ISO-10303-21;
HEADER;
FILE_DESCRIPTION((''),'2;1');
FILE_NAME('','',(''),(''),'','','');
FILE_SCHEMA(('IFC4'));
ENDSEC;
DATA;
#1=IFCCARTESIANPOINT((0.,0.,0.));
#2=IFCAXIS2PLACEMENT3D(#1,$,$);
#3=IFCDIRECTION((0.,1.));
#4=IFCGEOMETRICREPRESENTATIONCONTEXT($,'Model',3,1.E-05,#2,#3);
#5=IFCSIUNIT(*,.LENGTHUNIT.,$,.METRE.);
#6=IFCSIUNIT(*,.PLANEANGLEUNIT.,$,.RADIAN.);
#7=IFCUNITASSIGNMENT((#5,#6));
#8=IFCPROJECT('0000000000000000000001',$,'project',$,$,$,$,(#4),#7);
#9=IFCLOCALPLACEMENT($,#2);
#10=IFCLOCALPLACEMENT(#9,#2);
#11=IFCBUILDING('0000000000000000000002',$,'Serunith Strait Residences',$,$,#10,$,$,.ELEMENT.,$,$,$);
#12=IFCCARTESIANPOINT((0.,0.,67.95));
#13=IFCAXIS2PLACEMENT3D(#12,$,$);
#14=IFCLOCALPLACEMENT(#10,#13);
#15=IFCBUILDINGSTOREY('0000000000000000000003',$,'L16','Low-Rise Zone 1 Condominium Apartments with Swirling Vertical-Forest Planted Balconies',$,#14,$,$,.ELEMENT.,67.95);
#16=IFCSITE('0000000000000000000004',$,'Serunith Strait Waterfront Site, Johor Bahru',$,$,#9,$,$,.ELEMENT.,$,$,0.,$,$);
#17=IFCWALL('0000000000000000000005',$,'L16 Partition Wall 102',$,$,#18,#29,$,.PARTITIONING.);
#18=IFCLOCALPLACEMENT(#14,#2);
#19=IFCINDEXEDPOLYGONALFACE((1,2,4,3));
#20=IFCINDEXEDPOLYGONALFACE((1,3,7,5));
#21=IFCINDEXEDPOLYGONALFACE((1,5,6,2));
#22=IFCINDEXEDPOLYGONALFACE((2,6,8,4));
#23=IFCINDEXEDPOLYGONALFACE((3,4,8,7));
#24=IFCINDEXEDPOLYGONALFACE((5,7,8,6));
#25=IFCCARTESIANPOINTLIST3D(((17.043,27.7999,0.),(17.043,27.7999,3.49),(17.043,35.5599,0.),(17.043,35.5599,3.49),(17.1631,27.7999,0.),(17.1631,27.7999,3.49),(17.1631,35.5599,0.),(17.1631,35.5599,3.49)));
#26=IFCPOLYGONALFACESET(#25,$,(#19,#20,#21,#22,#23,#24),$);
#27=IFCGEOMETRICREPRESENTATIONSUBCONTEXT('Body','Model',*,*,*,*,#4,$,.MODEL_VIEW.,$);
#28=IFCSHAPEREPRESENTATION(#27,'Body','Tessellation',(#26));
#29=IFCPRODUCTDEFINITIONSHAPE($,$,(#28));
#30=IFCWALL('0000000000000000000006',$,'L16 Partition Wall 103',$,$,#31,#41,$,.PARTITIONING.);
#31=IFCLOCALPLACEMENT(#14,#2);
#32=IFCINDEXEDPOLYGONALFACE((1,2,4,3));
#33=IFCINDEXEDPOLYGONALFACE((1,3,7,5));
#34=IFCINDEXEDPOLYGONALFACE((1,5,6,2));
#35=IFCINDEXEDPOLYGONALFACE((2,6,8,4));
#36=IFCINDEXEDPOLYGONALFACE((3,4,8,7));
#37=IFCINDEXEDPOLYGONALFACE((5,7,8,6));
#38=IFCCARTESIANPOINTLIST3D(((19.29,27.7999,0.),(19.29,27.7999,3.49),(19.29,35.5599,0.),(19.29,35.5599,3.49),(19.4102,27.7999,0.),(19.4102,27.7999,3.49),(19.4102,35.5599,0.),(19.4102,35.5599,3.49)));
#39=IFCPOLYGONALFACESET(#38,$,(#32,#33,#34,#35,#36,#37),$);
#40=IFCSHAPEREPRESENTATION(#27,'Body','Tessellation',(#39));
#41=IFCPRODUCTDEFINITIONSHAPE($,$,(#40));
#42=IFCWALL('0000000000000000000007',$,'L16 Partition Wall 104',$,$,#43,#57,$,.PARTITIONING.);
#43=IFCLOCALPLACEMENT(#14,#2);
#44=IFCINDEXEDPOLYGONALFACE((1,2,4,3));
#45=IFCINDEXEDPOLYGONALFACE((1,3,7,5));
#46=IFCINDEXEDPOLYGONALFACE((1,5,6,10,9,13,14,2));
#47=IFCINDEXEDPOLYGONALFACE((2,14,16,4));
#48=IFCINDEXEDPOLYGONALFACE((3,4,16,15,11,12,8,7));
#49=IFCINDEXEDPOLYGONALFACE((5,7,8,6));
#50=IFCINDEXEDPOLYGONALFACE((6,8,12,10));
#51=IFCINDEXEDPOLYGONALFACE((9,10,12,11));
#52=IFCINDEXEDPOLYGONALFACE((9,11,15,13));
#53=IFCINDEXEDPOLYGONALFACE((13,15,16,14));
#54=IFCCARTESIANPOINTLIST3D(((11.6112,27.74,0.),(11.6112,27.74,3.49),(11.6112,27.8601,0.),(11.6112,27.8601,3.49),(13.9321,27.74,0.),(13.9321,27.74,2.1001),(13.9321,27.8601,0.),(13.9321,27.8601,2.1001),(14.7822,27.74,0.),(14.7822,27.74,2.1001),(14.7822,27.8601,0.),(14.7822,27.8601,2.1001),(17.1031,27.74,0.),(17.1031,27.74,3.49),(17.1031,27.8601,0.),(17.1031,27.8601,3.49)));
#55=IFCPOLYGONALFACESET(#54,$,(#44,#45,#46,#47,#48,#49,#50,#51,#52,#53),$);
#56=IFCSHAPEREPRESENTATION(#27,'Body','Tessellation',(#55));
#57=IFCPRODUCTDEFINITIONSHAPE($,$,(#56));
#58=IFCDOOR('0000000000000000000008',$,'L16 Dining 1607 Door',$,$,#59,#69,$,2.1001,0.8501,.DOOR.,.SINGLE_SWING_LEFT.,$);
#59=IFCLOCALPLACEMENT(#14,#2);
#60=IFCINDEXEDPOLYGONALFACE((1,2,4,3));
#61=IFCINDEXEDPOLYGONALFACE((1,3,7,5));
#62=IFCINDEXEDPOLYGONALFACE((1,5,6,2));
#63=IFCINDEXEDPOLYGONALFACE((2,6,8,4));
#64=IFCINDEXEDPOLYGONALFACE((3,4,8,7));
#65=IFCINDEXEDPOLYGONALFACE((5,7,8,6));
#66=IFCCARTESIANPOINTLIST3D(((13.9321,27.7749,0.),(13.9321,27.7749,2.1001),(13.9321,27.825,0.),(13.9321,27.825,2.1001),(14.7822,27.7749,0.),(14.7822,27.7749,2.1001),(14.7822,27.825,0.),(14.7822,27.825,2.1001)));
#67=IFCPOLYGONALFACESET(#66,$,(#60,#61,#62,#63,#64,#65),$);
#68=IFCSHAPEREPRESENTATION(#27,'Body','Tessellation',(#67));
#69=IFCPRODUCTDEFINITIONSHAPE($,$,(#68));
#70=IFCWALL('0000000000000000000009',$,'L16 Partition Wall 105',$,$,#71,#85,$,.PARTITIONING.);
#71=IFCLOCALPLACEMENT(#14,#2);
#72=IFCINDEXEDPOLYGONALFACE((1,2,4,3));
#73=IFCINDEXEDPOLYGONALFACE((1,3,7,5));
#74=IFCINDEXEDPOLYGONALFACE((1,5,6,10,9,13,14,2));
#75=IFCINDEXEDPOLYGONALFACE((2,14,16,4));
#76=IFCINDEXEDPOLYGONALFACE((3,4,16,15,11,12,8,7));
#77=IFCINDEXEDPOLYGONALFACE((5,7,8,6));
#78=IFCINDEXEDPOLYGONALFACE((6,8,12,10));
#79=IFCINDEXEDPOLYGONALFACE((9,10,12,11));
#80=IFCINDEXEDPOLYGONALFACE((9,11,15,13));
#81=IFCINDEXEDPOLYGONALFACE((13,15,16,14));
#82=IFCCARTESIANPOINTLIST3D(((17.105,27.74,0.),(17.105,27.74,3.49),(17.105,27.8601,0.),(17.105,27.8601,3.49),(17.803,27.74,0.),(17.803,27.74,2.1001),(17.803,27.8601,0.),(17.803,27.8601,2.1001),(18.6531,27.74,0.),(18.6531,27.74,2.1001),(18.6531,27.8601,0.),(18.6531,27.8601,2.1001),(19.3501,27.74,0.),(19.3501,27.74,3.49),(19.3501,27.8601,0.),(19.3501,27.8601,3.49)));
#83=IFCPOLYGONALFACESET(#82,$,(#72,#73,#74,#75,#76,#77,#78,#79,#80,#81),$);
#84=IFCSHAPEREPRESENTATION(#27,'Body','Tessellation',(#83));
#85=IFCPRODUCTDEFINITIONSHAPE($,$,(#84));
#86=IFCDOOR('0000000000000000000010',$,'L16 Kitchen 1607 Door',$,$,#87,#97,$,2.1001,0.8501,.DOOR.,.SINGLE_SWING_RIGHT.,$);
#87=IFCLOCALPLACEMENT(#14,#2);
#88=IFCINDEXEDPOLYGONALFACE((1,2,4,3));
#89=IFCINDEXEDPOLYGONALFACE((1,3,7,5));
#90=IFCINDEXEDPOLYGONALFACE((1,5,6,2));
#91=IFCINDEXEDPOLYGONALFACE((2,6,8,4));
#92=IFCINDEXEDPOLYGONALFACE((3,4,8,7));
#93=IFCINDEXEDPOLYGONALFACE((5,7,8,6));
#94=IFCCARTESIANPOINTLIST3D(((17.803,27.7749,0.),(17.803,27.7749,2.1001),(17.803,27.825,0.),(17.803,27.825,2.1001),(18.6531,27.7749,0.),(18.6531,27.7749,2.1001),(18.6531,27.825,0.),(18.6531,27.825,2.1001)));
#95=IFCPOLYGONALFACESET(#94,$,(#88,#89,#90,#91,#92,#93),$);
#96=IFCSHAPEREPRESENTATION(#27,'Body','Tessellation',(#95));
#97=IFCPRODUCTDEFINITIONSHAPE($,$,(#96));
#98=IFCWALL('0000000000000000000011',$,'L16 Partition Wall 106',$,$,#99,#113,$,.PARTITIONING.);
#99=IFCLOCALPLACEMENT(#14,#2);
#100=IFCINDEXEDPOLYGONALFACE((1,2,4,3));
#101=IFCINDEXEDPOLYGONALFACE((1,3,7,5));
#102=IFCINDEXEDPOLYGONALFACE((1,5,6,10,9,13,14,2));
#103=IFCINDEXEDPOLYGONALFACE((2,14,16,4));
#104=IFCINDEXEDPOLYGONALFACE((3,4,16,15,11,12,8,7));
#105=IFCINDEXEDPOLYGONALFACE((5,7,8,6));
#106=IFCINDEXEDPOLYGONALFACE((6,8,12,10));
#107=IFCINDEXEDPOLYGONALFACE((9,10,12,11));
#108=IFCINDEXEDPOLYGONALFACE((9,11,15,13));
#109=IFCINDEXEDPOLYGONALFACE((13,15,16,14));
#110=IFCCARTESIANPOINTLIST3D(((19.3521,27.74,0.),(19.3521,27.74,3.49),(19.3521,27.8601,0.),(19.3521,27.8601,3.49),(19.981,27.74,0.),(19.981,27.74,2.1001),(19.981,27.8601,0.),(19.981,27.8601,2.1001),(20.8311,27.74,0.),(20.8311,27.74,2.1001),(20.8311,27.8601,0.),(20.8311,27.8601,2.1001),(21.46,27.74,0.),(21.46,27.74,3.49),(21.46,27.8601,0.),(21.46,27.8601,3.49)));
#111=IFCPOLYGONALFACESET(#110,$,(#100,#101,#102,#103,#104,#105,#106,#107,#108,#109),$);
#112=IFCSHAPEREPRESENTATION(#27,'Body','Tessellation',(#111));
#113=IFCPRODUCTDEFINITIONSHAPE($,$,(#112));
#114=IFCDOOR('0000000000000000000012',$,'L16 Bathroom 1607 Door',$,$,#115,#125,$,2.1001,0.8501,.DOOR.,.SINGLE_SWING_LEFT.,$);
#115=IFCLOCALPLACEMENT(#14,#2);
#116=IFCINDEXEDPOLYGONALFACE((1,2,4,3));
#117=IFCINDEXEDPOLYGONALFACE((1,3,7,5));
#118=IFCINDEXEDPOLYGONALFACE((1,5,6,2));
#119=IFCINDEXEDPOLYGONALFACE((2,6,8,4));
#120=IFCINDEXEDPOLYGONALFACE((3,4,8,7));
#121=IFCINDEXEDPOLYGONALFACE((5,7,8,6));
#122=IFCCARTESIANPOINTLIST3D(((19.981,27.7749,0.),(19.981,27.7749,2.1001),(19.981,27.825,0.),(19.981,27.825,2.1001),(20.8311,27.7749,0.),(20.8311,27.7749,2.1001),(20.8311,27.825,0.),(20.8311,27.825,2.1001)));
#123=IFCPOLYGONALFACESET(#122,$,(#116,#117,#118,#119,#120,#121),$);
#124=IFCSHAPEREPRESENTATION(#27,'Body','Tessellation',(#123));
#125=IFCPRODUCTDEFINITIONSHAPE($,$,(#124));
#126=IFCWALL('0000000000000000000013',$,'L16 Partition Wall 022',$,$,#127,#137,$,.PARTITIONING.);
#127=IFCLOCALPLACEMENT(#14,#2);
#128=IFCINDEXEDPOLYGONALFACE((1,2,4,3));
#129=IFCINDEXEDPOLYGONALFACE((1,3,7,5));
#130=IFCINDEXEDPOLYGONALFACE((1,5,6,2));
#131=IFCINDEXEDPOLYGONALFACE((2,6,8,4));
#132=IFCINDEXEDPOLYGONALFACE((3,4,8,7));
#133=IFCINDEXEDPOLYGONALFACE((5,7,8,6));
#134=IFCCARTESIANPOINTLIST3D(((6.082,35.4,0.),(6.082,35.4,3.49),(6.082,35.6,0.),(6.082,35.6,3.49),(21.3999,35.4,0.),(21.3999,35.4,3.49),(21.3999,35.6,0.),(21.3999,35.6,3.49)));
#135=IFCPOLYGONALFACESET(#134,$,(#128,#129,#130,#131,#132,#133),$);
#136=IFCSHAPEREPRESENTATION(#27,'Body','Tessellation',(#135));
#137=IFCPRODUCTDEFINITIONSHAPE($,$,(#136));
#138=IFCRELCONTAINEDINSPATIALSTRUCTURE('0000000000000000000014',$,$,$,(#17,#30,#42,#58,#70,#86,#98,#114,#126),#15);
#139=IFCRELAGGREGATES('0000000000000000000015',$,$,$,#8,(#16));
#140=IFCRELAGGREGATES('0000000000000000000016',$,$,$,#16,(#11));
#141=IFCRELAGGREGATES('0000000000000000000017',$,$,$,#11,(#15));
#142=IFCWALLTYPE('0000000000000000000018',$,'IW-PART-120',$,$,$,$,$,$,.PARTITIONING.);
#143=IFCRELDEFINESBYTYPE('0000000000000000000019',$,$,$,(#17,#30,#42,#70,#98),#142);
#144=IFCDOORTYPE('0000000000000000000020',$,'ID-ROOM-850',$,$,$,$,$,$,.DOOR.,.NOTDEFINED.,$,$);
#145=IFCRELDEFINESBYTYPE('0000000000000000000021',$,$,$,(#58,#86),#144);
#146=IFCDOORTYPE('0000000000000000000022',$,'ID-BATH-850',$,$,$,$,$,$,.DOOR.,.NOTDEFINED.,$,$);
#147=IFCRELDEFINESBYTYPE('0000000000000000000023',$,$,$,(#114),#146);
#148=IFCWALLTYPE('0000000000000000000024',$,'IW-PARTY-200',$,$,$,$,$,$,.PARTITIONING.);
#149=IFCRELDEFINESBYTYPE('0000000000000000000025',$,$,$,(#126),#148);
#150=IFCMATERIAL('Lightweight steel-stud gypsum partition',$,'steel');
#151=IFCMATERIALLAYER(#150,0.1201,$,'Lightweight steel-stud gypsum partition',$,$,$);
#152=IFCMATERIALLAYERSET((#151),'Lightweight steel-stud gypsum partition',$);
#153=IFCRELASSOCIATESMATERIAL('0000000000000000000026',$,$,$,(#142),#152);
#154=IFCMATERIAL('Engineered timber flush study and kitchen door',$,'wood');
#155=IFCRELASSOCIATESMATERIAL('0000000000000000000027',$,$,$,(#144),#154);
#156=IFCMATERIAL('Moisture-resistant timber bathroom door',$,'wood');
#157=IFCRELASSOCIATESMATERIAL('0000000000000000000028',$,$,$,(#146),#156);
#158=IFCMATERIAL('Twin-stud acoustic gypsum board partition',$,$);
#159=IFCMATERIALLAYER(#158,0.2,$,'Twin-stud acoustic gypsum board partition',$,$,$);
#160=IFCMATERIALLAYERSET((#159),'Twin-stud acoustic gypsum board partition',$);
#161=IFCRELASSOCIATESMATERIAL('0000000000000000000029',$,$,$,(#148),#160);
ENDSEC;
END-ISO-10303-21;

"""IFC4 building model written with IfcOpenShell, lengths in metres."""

from ifc_helpers import new_model, si_unit, direction, frame, frame_2d, origin, place, context, subcontext, project, spatial, rectangle, extrude, source, transform, mapped, material, layer, layer_set, type_object, element, fill, save


model = new_model("IFC4")

# Units and contexts
model_context = context("Model", 3, precision=1e-05, world=origin(), true_north=direction((0.0, 1.0)))
body_context = subcontext(model_context, "Body", "Model", "MODEL_VIEW")
ifc_project = project(units=[si_unit("LENGTHUNIT", "METRE"), si_unit("PLANEANGLEUNIT", "RADIAN")], contexts=[model_context])

# Site, building, storey
site_placement = place(None, origin())
site = spatial("IfcSite", under=ifc_project, at=site_placement, Name="Serunith Strait Waterfront Site, Johor Bahru", CompositionType="ELEMENT", RefElevation=0.0)
building_placement = place(site_placement, origin())
building = spatial("IfcBuilding", under=site, at=building_placement, Name="Serunith Strait Residences", CompositionType="ELEMENT")
storey_placement = place(building_placement, frame((0.0, 0.0, 67.95)))
storey = spatial("IfcBuildingStorey", under=building, at=storey_placement, Name="L16", Description="Low-Rise Zone 1 Condominium Apartments with Swirling Vertical-Forest Planted Balconies", CompositionType="ELEMENT", Elevation=67.95)

# Shared definitions
ifc_material_1 = material(Name="Lightweight steel-stud gypsum partition", Category="steel")
ifc_layer_1 = layer(ifc_material_1, 0.1201, Name="Lightweight steel-stud gypsum partition")
ifc_layer_set_1 = layer_set([ifc_layer_1], Name="Lightweight steel-stud gypsum partition")
wall_type_1 = type_object("IfcWallType", Name="IW-PART-120", PredefinedType="PARTITIONING", material=ifc_layer_set_1)

# Walls
for number, where, z_axis, x_axis, name in (
    (1, (17.103, 27.8, 0.0), (0.0, 0.0, 1.0), (0.0, 1.0, 0.0), "L16 Partition Wall 102"),
    (2, (19.3501, 27.8, 0.0), (0.0, 0.0, 1.0), (0.0, 1.0, 0.0), "L16 Partition Wall 103"),
):
    element("IfcWall", number, at=place(storey_placement, frame(where, z_axis=z_axis, x_axis=x_axis)), inside=storey, type_object=wall_type_1, Name=name, PredefinedType="PARTITIONING", context=body_context, shape_type="SweptSolid", body=[
        extrude(rectangle(XDim=7.76, YDim=0.1201, at=frame_2d((3.8799, 0.0))), origin(), (0.0, 0.0, 1.0), 3.49),
    ])

# Walls, openings, doors
wall_1_placement = place(storey_placement, frame((11.6111, 27.8, 0.0), z_axis=(0.0, 0.0, 1.0), x_axis=(1.0, 0.0, 0.0)))
wall_1 = element("IfcWall", 3, at=wall_1_placement, inside=storey, type_object=wall_type_1, Name="L16 Partition Wall 104", PredefinedType="PARTITIONING", context=body_context, shape_type="SweptSolid", body=[
    extrude(rectangle(XDim=5.4919, YDim=0.1201, at=frame_2d((2.7461, 0.0))), origin(), (0.0, 0.0, 1.0), 3.49),
])
opening_1_placement = place(wall_1_placement, frame((2.321, 0.0, 0.0)))
opening_1 = element("IfcOpeningElement", 4, at=opening_1_placement, cuts=wall_1, PredefinedType="OPENING", context=body_context, shape_type="SweptSolid", body=[
    extrude(rectangle(XDim=0.8501, YDim=2.1001, at=frame_2d((0.425, 1.05))), frame((0.0, 0.0701, 0.0), z_axis=(0.0, -1.0, 0.0), x_axis=(1.0, 0.0, 0.0)), (0.0, 0.0, 1.0), 0.1401),
])
ifc_material_2 = material(Name="Engineered timber flush study and kitchen door", Category="wood")
door_type_1 = type_object("IfcDoorType", Name="ID-ROOM-850", OperationType="NOTDEFINED", PredefinedType="DOOR", material=ifc_material_2)
shared_shape_1 = source(origin(), body_context, "Body", "SweptSolid", [
    extrude(rectangle(XDim=0.8501, YDim=2.1001, at=frame_2d((0.425, 1.05))), frame((0.0, 0.0249, 0.0), z_axis=(0.0, -1.0, 0.0), x_axis=(1.0, 0.0, 0.0)), (0.0, 0.0, 1.0), 0.05),
])
door_1_placement = place(opening_1_placement, origin())
door_1 = element("IfcDoor", 5, at=door_1_placement, inside=storey, type_object=door_type_1, Name="L16 Dining 1607 Door", OperationType="SINGLE_SWING_LEFT", OverallHeight=2.1001, OverallWidth=0.8501, PredefinedType="DOOR", context=body_context, shape_type="MappedRepresentation", body=[
    mapped(shared_shape_1, transform((0.0, 0.0, 0.0), scale=1.0)),
])
fill(opening_1, door_1)
wall_2_placement = place(storey_placement, frame((17.105, 27.8, 0.0), z_axis=(0.0, 0.0, 1.0), x_axis=(1.0, 0.0, 0.0)))
wall_2 = element("IfcWall", 6, at=wall_2_placement, inside=storey, type_object=wall_type_1, Name="L16 Partition Wall 105", PredefinedType="PARTITIONING", context=body_context, shape_type="SweptSolid", body=[
    extrude(rectangle(XDim=2.2451, YDim=0.1201, at=frame_2d((1.1226, 0.0))), origin(), (0.0, 0.0, 1.0), 3.49),
])
opening_2_placement = place(wall_2_placement, frame((0.698, 0.0, 0.0)))
opening_2 = element("IfcOpeningElement", 7, at=opening_2_placement, cuts=wall_2, PredefinedType="OPENING", context=body_context, shape_type="SweptSolid", body=[
    extrude(rectangle(XDim=0.8501, YDim=2.1001, at=frame_2d((0.425, 1.05))), frame((0.0, 0.0701, 0.0), z_axis=(0.0, -1.0, 0.0), x_axis=(1.0, 0.0, 0.0)), (0.0, 0.0, 1.0), 0.1401),
])
door_2_placement = place(opening_2_placement, origin())
door_2 = element("IfcDoor", 8, at=door_2_placement, inside=storey, type_object=door_type_1, Name="L16 Kitchen 1607 Door", OperationType="SINGLE_SWING_RIGHT", OverallHeight=2.1001, OverallWidth=0.8501, PredefinedType="DOOR", context=body_context, shape_type="MappedRepresentation", body=[
    mapped(shared_shape_1, transform((0.0, 0.0, 0.0), scale=1.0)),
])
fill(opening_2, door_2)
wall_3_placement = place(storey_placement, frame((19.3521, 27.8, 0.0), z_axis=(0.0, 0.0, 1.0), x_axis=(1.0, 0.0, 0.0)))
wall_3 = element("IfcWall", 9, at=wall_3_placement, inside=storey, type_object=wall_type_1, Name="L16 Partition Wall 106", PredefinedType="PARTITIONING", context=body_context, shape_type="SweptSolid", body=[
    extrude(rectangle(XDim=2.1079, YDim=0.1201, at=frame_2d((1.054, 0.0))), origin(), (0.0, 0.0, 1.0), 3.49),
])
opening_3_placement = place(wall_3_placement, frame((0.6289, 0.0, 0.0)))
opening_3 = element("IfcOpeningElement", 10, at=opening_3_placement, cuts=wall_3, PredefinedType="OPENING", context=body_context, shape_type="SweptSolid", body=[
    extrude(rectangle(XDim=0.8501, YDim=2.1001, at=frame_2d((0.425, 1.05))), frame((0.0, 0.0701, 0.0), z_axis=(0.0, -1.0, 0.0), x_axis=(1.0, 0.0, 0.0)), (0.0, 0.0, 1.0), 0.1401),
])
ifc_material_3 = material(Name="Moisture-resistant timber bathroom door", Category="wood")
door_type_2 = type_object("IfcDoorType", Name="ID-BATH-850", OperationType="NOTDEFINED", PredefinedType="DOOR", material=ifc_material_3)
door_3_placement = place(opening_3_placement, origin())
door_3 = element("IfcDoor", 11, at=door_3_placement, inside=storey, type_object=door_type_2, Name="L16 Bathroom 1607 Door", OperationType="SINGLE_SWING_LEFT", OverallHeight=2.1001, OverallWidth=0.8501, PredefinedType="DOOR", context=body_context, shape_type="MappedRepresentation", body=[
    mapped(shared_shape_1, transform((0.0, 0.0, 0.0), scale=1.0)),
])
fill(opening_3, door_3)

# Wall
ifc_material_4 = material(Name="Twin-stud acoustic gypsum board partition")
ifc_layer_2 = layer(ifc_material_4, 0.2, Name="Twin-stud acoustic gypsum board partition")
ifc_layer_set_2 = layer_set([ifc_layer_2], Name="Twin-stud acoustic gypsum board partition")
wall_type_2 = type_object("IfcWallType", Name="IW-PARTY-200", PredefinedType="PARTITIONING", material=ifc_layer_set_2)
wall_4_placement = place(storey_placement, frame((6.082, 35.5, 0.0), z_axis=(0.0, 0.0, 1.0), x_axis=(1.0, 0.0, 0.0)))
element("IfcWall", 12, at=wall_4_placement, inside=storey, type_object=wall_type_2, Name="L16 Partition Wall 022", PredefinedType="PARTITIONING", context=body_context, shape_type="SweptSolid", body=[
    extrude(rectangle(XDim=15.3179, YDim=0.2, at=frame_2d((7.6589, 0.0))), origin(), (0.0, 0.0, 1.0), 3.49),
])

save(model, "model.ifc")
